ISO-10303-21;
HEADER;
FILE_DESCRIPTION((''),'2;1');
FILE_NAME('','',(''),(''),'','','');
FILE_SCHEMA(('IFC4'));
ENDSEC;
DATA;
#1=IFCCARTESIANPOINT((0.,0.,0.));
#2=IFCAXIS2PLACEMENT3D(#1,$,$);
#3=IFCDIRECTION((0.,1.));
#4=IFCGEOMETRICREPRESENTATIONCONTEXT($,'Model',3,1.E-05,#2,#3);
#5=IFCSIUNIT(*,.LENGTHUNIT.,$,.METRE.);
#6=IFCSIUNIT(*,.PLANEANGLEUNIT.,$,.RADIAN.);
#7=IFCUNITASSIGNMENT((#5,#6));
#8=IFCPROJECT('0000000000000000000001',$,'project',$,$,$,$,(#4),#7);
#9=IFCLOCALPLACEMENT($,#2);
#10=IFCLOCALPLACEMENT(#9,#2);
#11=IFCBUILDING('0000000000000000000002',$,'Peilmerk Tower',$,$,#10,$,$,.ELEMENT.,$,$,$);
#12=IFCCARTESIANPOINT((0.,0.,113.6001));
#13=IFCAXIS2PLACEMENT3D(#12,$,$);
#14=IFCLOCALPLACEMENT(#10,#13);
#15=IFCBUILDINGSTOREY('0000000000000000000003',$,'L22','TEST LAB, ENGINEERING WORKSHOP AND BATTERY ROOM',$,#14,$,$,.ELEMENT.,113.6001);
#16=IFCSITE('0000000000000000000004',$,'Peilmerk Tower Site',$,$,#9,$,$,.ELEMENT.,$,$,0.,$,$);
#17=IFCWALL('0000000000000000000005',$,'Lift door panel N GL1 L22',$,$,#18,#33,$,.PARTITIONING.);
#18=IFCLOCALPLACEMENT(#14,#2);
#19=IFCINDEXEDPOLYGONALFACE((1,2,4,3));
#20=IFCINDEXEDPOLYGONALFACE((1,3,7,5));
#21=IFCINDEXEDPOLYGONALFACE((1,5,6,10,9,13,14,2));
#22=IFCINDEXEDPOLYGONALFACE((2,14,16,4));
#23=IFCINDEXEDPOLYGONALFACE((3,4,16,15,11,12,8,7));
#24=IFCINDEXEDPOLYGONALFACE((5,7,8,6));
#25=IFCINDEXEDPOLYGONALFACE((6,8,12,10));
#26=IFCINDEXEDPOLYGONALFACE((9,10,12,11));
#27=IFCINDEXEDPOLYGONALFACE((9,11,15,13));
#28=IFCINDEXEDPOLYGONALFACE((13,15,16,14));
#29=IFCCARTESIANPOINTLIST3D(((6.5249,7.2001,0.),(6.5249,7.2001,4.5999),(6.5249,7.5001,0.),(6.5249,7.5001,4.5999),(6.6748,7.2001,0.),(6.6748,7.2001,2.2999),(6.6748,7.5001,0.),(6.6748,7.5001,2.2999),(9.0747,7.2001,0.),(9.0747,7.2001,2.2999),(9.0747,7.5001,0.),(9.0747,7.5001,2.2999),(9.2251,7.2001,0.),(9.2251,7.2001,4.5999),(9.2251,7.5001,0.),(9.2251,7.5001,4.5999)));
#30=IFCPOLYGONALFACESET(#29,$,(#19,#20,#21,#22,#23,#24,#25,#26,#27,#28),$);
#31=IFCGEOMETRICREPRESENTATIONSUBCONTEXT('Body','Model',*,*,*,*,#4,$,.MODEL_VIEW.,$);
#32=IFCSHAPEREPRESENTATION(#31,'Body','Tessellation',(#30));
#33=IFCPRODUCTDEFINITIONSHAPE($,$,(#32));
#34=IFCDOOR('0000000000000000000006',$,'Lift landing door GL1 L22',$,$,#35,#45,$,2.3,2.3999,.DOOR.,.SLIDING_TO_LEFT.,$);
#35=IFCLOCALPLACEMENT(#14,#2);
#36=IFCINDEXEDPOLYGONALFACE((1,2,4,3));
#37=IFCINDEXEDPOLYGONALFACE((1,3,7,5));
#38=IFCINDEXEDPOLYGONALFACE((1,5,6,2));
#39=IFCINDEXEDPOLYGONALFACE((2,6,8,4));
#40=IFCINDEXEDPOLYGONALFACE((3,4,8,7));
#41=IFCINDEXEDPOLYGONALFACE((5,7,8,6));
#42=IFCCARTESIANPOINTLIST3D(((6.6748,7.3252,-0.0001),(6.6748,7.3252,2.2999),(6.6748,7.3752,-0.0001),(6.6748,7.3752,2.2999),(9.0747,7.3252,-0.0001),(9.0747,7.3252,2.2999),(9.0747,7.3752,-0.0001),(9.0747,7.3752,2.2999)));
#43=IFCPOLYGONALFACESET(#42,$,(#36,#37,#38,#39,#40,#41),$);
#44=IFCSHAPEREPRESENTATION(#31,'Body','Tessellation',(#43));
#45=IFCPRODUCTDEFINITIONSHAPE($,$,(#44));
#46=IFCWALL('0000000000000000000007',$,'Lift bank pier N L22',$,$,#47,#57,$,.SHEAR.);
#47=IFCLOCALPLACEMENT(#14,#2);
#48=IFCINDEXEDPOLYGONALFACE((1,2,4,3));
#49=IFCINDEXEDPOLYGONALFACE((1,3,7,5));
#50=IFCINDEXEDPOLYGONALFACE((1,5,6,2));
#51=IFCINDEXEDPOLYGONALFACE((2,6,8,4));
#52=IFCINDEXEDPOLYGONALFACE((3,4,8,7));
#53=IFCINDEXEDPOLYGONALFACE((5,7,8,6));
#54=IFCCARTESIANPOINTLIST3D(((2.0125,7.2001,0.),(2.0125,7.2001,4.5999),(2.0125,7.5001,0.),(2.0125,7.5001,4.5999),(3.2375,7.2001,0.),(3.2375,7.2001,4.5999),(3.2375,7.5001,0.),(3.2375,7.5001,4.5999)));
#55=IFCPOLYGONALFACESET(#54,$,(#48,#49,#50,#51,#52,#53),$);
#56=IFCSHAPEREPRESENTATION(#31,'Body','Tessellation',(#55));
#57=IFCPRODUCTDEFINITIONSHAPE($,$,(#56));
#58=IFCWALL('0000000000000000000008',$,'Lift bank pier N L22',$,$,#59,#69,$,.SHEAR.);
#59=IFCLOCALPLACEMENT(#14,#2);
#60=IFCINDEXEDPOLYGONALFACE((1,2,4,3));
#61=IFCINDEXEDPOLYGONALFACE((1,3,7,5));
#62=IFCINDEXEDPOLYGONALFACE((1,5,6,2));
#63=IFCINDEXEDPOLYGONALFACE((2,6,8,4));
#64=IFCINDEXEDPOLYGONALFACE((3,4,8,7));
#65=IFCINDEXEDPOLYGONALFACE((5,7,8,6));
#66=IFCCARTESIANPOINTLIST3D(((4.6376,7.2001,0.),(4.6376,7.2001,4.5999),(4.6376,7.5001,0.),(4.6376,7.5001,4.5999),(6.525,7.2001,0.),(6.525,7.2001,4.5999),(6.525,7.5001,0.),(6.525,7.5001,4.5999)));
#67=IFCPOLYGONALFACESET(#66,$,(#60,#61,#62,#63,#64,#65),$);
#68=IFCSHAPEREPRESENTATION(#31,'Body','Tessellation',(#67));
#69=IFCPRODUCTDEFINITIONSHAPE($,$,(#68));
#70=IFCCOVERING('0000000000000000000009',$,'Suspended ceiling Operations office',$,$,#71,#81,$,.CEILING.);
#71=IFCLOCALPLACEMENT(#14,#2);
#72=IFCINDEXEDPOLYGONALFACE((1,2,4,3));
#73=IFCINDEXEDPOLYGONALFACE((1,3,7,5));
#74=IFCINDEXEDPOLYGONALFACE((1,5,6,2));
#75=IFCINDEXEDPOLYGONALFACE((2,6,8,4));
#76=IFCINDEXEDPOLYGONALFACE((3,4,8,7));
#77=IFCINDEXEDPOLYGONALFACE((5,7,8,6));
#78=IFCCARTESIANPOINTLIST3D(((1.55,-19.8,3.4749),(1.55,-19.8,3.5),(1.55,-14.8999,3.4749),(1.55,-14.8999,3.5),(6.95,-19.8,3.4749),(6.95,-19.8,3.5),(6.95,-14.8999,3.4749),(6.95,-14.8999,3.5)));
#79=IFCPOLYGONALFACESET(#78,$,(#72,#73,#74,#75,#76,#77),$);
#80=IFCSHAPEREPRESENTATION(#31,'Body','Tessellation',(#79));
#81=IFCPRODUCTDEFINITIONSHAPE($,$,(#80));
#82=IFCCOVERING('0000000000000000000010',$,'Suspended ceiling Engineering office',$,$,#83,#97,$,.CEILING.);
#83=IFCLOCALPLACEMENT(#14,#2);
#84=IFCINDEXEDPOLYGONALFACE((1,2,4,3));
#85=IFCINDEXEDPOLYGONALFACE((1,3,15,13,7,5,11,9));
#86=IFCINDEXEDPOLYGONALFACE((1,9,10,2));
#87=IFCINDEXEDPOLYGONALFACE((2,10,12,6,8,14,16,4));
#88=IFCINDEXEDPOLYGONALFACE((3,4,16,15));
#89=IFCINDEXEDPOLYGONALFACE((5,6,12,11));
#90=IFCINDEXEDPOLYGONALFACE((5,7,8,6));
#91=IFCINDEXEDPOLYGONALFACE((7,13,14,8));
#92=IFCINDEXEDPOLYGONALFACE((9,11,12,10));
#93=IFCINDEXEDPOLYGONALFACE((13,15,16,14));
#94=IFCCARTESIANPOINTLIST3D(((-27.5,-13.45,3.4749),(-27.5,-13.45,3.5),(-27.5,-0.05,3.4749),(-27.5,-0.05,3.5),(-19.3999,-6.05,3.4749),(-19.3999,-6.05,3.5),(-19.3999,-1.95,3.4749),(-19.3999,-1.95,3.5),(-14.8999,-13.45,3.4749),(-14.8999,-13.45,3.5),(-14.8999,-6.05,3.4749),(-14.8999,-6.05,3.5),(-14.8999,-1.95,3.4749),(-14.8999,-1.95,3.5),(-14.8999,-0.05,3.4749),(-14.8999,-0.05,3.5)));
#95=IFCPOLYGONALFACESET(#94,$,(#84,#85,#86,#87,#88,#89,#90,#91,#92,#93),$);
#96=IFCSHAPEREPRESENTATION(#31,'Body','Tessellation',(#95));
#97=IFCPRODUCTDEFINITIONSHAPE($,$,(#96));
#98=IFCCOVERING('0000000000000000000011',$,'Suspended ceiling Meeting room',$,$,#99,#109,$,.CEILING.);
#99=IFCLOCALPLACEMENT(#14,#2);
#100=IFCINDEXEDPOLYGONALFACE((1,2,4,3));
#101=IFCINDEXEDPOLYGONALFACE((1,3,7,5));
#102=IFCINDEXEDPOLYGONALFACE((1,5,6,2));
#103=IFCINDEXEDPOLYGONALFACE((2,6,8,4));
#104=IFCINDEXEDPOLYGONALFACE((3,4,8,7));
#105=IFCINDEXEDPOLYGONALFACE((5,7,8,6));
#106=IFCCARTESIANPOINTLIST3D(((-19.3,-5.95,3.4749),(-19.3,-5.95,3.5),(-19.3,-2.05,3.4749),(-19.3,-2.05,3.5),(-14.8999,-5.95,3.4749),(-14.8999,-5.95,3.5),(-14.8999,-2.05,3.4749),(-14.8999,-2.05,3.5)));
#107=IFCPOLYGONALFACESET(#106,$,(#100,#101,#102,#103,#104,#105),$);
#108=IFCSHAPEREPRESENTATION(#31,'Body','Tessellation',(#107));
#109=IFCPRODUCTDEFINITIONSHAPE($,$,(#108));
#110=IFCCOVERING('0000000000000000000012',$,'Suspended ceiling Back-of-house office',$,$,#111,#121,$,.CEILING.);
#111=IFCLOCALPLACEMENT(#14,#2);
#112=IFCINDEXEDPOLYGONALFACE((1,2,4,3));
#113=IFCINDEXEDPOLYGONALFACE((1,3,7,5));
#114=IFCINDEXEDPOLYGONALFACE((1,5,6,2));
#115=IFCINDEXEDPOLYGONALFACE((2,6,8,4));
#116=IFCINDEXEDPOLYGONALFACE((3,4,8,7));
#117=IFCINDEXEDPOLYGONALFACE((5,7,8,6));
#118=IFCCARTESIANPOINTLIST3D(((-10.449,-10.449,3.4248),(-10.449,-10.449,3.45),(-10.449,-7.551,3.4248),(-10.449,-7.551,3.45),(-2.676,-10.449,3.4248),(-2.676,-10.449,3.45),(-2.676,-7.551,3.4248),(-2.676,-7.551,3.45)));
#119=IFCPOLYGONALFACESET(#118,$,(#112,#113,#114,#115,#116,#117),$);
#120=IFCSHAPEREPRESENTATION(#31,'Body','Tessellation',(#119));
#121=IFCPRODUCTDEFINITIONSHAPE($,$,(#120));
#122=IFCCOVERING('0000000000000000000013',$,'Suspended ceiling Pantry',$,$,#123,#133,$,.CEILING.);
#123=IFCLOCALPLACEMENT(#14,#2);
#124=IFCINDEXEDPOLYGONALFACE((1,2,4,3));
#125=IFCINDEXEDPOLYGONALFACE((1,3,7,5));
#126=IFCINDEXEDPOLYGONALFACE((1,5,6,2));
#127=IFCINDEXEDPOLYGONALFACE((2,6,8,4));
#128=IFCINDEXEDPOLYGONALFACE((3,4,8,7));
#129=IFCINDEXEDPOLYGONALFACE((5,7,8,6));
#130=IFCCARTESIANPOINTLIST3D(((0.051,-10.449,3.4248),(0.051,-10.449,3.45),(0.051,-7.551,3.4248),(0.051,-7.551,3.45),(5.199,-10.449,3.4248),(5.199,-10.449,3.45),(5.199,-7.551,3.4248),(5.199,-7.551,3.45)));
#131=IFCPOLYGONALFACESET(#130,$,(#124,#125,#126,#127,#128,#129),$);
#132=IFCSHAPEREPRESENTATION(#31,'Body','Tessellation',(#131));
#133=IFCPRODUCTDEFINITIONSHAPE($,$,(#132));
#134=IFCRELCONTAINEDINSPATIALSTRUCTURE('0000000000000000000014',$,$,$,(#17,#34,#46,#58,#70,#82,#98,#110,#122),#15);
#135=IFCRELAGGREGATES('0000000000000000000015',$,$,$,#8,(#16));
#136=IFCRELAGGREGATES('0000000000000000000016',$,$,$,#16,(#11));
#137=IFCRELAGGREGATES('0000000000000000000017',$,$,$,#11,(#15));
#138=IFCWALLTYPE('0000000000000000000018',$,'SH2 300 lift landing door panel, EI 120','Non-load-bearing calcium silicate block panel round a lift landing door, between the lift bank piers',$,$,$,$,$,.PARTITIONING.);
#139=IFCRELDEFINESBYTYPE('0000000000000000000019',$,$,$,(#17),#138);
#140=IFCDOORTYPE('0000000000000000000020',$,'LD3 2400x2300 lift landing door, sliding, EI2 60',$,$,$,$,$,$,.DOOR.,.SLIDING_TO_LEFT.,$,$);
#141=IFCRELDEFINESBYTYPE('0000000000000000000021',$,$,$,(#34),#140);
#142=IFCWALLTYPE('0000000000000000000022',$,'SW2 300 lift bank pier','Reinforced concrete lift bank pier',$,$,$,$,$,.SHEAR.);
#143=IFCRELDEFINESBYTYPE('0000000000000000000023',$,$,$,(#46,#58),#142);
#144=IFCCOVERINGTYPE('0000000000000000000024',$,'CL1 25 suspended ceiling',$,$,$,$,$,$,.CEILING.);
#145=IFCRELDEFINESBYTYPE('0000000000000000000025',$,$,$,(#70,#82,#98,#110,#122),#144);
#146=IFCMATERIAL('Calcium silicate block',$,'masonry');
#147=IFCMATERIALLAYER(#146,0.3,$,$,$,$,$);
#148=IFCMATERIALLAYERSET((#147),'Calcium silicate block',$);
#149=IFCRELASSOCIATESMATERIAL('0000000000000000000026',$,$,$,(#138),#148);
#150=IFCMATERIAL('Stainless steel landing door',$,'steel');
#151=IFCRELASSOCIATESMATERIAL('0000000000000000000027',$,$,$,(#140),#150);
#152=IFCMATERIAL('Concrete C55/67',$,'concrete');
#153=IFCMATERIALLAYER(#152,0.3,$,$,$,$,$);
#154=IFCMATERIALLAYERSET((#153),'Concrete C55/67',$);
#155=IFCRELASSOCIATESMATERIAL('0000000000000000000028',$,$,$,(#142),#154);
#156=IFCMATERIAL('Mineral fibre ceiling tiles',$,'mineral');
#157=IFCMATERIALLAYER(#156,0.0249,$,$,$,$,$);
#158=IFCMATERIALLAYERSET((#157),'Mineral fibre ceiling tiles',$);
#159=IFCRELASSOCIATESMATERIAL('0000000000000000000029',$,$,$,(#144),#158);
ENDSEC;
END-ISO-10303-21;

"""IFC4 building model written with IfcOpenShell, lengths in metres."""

from ifc_helpers import new_model, si_unit, direction, frame, frame_2d, origin, place, context, subcontext, project, spatial, polyline, rectangle, outline, extrude, material, layer, layer_set, type_object, element, fill, save


model = new_model("IFC4")

# Units and contexts
model_context = context("Model", 3, precision=1e-05, world=origin(), true_north=direction((0.0, 1.0)))
body_context = subcontext(model_context, "Body", "Model", "MODEL_VIEW")
ifc_project = project(units=[si_unit("LENGTHUNIT", "METRE"), si_unit("PLANEANGLEUNIT", "RADIAN")], contexts=[model_context])

# Site, building, storey
site_placement = place(None, origin())
site = spatial("IfcSite", under=ifc_project, at=site_placement, Name="Peilmerk Tower Site", CompositionType="ELEMENT", RefElevation=0.0)
building_placement = place(site_placement, origin())
building = spatial("IfcBuilding", under=site, at=building_placement, Name="Peilmerk Tower", CompositionType="ELEMENT")
storey_placement = place(building_placement, frame((0.0, 0.0, 113.6001)))
storey = spatial("IfcBuildingStorey", under=building, at=storey_placement, Name="L22", Description="TEST LAB, ENGINEERING WORKSHOP AND BATTERY ROOM", CompositionType="ELEMENT", Elevation=113.6001)

# Shared definitions
ifc_material_1 = material(Name="Calcium silicate block", Category="masonry")
ifc_layer_1 = layer(ifc_material_1, 0.3)
ifc_layer_set_1 = layer_set([ifc_layer_1], Name="Calcium silicate block")
wall_type_1 = type_object("IfcWallType", Name="SH2 300 lift landing door panel, EI 120", Description="Non-load-bearing calcium silicate block panel round a lift landing door, between the lift bank piers", PredefinedType="PARTITIONING", material=ifc_layer_set_1)

# Wall, opening, door
wall_1_placement = place(storey_placement, frame((6.5249, 7.3501, 0.0), z_axis=(0.0, 0.0, 1.0), x_axis=(1.0, 0.0, 0.0)))
wall_1 = element("IfcWall", 1, at=wall_1_placement, inside=storey, type_object=wall_type_1, Name="Lift door panel N GL1 L22", PredefinedType="PARTITIONING", context=body_context, shape_type="SweptSolid", body=[
    extrude(rectangle(XDim=2.7002, YDim=0.3, at=frame_2d((1.3501, 0.0))), origin(), (0.0, 0.0, 1.0), 4.5999),
])
opening_1_placement = place(wall_1_placement, frame((0.1499, 0.0, 0.0)))
opening_1 = element("IfcOpeningElement", 2, at=opening_1_placement, cuts=wall_1, PredefinedType="OPENING", context=body_context, shape_type="SweptSolid", body=[
    extrude(rectangle(XDim=2.3999, YDim=2.3, at=frame_2d((1.2, 1.1499))), frame((0.0, 0.1599, 0.0), z_axis=(0.0, -1.0, 0.0), x_axis=(1.0, 0.0, 0.0)), (0.0, 0.0, 1.0), 0.3201),
])
ifc_material_2 = material(Name="Stainless steel landing door", Category="steel")
door_type_1 = type_object("IfcDoorType", Name="LD3 2400x2300 lift landing door, sliding, EI2 60", OperationType="SLIDING_TO_LEFT", PredefinedType="DOOR", material=ifc_material_2)
door_1_placement = place(opening_1_placement, frame((2.3999, 0.0, 0.0), z_axis=(0.0, 0.0, 1.0), x_axis=(-1.0, 0.0, 0.0)))
door_1 = element("IfcDoor", 3, at=door_1_placement, inside=storey, type_object=door_type_1, Name="Lift landing door GL1 L22", OperationType="SLIDING_TO_LEFT", OverallHeight=2.3, OverallWidth=2.3999, PredefinedType="DOOR", context=body_context, shape_type="SweptSolid", body=[
    extrude(rectangle(XDim=2.3999, YDim=2.3, at=frame_2d((1.2, 1.1499))), frame((0.0, 0.0249, 0.0), z_axis=(0.0, -1.0, 0.0), x_axis=(1.0, 0.0, 0.0)), (0.0, 0.0, 1.0), 0.05),
])
fill(opening_1, door_1)

# Walls
ifc_material_3 = material(Name="Concrete C55/67", Category="concrete")
ifc_layer_2 = layer(ifc_material_3, 0.3)
ifc_layer_set_2 = layer_set([ifc_layer_2], Name="Concrete C55/67")
wall_type_2 = type_object("IfcWallType", Name="SW2 300 lift bank pier", Description="Reinforced concrete lift bank pier", PredefinedType="SHEAR", material=ifc_layer_set_2)
wall_2_placement = place(storey_placement, frame((2.0125, 7.3501, 0.0), z_axis=(0.0, 0.0, 1.0), x_axis=(1.0, 0.0, 0.0)))
element("IfcWall", 4, at=wall_2_placement, inside=storey, type_object=wall_type_2, Name="Lift bank pier N L22", PredefinedType="SHEAR", context=body_context, shape_type="SweptSolid", body=[
    extrude(rectangle(XDim=1.2251, YDim=0.3, at=frame_2d((0.6125, 0.0))), origin(), (0.0, 0.0, 1.0), 4.5999),
])
wall_3_placement = place(storey_placement, frame((4.6375, 7.3501, 0.0), z_axis=(0.0, 0.0, 1.0), x_axis=(1.0, 0.0, 0.0)))
element("IfcWall", 5, at=wall_3_placement, inside=storey, type_object=wall_type_2, Name="Lift bank pier N L22", PredefinedType="SHEAR", context=body_context, shape_type="SweptSolid", body=[
    extrude(rectangle(XDim=1.8875, YDim=0.3, at=frame_2d((0.9438, 0.0))), origin(), (0.0, 0.0, 1.0), 4.5999),
])

# Coverings
ifc_material_4 = material(Name="Mineral fibre ceiling tiles", Category="mineral")
ifc_layer_3 = layer(ifc_material_4, 0.0249)
ifc_layer_set_3 = layer_set([ifc_layer_3], Name="Mineral fibre ceiling tiles")
covering_type_1 = type_object("IfcCoveringType", Name="CL1 25 suspended ceiling", PredefinedType="CEILING", material=ifc_layer_set_3)
covering_1_placement = place(storey_placement, frame((0.0, 0.0, 3.4749)))
element("IfcCovering", 6, at=covering_1_placement, inside=storey, type_object=covering_type_1, Name="Suspended ceiling Operations office", PredefinedType="CEILING", context=body_context, shape_type="SweptSolid", body=[
    extrude(outline(polyline([(6.95, -19.8), (6.95, -14.8999), (1.55, -14.8999), (1.55, -19.8), (6.95, -19.8)])), origin(), (0.0, 0.0, 1.0), 0.0251),
])
covering_2_placement = place(storey_placement, frame((0.0, 0.0, 3.4749)))
element("IfcCovering", 7, at=covering_2_placement, inside=storey, type_object=covering_type_1, Name="Suspended ceiling Engineering office", PredefinedType="CEILING", context=body_context, shape_type="SweptSolid", body=[
    extrude(outline(polyline([(-14.8999, -0.05), (-27.5, -0.05), (-27.5, -13.45), (-14.8999, -13.45), (-14.8999, -6.05), (-19.3999, -6.05), (-19.3999, -1.95), (-14.8999, -1.95), (-14.8999, -0.05)])), origin(), (0.0, 0.0, 1.0), 0.0251),
])
covering_3_placement = place(storey_placement, frame((0.0, 0.0, 3.4749)))
element("IfcCovering", 8, at=covering_3_placement, inside=storey, type_object=covering_type_1, Name="Suspended ceiling Meeting room", PredefinedType="CEILING", context=body_context, shape_type="SweptSolid", body=[
    extrude(outline(polyline([(-14.8999, -5.95), (-14.8999, -2.05), (-19.3, -2.05), (-19.3, -5.95), (-14.8999, -5.95)])), origin(), (0.0, 0.0, 1.0), 0.0251),
])
covering_4_placement = place(storey_placement, frame((0.0, 0.0, 3.4248)))
element("IfcCovering", 9, at=covering_4_placement, inside=storey, type_object=covering_type_1, Name="Suspended ceiling Back-of-house office", PredefinedType="CEILING", context=body_context, shape_type="SweptSolid", body=[
    extrude(outline(polyline([(-10.449, -10.449), (-2.676, -10.449), (-2.676, -7.551), (-10.449, -7.551), (-10.449, -10.449)])), origin(), (0.0, 0.0, 1.0), 0.0251),
])
covering_5_placement = place(storey_placement, frame((0.0, 0.0, 3.4248)))
element("IfcCovering", 10, at=covering_5_placement, inside=storey, type_object=covering_type_1, Name="Suspended ceiling Pantry", PredefinedType="CEILING", context=body_context, shape_type="SweptSolid", body=[
    extrude(outline(polyline([(0.051, -10.449), (5.199, -10.449), (5.199, -7.551), (0.051, -7.551), (0.051, -10.449)])), origin(), (0.0, 0.0, 1.0), 0.0251),
])

save(model, "model.ifc")
